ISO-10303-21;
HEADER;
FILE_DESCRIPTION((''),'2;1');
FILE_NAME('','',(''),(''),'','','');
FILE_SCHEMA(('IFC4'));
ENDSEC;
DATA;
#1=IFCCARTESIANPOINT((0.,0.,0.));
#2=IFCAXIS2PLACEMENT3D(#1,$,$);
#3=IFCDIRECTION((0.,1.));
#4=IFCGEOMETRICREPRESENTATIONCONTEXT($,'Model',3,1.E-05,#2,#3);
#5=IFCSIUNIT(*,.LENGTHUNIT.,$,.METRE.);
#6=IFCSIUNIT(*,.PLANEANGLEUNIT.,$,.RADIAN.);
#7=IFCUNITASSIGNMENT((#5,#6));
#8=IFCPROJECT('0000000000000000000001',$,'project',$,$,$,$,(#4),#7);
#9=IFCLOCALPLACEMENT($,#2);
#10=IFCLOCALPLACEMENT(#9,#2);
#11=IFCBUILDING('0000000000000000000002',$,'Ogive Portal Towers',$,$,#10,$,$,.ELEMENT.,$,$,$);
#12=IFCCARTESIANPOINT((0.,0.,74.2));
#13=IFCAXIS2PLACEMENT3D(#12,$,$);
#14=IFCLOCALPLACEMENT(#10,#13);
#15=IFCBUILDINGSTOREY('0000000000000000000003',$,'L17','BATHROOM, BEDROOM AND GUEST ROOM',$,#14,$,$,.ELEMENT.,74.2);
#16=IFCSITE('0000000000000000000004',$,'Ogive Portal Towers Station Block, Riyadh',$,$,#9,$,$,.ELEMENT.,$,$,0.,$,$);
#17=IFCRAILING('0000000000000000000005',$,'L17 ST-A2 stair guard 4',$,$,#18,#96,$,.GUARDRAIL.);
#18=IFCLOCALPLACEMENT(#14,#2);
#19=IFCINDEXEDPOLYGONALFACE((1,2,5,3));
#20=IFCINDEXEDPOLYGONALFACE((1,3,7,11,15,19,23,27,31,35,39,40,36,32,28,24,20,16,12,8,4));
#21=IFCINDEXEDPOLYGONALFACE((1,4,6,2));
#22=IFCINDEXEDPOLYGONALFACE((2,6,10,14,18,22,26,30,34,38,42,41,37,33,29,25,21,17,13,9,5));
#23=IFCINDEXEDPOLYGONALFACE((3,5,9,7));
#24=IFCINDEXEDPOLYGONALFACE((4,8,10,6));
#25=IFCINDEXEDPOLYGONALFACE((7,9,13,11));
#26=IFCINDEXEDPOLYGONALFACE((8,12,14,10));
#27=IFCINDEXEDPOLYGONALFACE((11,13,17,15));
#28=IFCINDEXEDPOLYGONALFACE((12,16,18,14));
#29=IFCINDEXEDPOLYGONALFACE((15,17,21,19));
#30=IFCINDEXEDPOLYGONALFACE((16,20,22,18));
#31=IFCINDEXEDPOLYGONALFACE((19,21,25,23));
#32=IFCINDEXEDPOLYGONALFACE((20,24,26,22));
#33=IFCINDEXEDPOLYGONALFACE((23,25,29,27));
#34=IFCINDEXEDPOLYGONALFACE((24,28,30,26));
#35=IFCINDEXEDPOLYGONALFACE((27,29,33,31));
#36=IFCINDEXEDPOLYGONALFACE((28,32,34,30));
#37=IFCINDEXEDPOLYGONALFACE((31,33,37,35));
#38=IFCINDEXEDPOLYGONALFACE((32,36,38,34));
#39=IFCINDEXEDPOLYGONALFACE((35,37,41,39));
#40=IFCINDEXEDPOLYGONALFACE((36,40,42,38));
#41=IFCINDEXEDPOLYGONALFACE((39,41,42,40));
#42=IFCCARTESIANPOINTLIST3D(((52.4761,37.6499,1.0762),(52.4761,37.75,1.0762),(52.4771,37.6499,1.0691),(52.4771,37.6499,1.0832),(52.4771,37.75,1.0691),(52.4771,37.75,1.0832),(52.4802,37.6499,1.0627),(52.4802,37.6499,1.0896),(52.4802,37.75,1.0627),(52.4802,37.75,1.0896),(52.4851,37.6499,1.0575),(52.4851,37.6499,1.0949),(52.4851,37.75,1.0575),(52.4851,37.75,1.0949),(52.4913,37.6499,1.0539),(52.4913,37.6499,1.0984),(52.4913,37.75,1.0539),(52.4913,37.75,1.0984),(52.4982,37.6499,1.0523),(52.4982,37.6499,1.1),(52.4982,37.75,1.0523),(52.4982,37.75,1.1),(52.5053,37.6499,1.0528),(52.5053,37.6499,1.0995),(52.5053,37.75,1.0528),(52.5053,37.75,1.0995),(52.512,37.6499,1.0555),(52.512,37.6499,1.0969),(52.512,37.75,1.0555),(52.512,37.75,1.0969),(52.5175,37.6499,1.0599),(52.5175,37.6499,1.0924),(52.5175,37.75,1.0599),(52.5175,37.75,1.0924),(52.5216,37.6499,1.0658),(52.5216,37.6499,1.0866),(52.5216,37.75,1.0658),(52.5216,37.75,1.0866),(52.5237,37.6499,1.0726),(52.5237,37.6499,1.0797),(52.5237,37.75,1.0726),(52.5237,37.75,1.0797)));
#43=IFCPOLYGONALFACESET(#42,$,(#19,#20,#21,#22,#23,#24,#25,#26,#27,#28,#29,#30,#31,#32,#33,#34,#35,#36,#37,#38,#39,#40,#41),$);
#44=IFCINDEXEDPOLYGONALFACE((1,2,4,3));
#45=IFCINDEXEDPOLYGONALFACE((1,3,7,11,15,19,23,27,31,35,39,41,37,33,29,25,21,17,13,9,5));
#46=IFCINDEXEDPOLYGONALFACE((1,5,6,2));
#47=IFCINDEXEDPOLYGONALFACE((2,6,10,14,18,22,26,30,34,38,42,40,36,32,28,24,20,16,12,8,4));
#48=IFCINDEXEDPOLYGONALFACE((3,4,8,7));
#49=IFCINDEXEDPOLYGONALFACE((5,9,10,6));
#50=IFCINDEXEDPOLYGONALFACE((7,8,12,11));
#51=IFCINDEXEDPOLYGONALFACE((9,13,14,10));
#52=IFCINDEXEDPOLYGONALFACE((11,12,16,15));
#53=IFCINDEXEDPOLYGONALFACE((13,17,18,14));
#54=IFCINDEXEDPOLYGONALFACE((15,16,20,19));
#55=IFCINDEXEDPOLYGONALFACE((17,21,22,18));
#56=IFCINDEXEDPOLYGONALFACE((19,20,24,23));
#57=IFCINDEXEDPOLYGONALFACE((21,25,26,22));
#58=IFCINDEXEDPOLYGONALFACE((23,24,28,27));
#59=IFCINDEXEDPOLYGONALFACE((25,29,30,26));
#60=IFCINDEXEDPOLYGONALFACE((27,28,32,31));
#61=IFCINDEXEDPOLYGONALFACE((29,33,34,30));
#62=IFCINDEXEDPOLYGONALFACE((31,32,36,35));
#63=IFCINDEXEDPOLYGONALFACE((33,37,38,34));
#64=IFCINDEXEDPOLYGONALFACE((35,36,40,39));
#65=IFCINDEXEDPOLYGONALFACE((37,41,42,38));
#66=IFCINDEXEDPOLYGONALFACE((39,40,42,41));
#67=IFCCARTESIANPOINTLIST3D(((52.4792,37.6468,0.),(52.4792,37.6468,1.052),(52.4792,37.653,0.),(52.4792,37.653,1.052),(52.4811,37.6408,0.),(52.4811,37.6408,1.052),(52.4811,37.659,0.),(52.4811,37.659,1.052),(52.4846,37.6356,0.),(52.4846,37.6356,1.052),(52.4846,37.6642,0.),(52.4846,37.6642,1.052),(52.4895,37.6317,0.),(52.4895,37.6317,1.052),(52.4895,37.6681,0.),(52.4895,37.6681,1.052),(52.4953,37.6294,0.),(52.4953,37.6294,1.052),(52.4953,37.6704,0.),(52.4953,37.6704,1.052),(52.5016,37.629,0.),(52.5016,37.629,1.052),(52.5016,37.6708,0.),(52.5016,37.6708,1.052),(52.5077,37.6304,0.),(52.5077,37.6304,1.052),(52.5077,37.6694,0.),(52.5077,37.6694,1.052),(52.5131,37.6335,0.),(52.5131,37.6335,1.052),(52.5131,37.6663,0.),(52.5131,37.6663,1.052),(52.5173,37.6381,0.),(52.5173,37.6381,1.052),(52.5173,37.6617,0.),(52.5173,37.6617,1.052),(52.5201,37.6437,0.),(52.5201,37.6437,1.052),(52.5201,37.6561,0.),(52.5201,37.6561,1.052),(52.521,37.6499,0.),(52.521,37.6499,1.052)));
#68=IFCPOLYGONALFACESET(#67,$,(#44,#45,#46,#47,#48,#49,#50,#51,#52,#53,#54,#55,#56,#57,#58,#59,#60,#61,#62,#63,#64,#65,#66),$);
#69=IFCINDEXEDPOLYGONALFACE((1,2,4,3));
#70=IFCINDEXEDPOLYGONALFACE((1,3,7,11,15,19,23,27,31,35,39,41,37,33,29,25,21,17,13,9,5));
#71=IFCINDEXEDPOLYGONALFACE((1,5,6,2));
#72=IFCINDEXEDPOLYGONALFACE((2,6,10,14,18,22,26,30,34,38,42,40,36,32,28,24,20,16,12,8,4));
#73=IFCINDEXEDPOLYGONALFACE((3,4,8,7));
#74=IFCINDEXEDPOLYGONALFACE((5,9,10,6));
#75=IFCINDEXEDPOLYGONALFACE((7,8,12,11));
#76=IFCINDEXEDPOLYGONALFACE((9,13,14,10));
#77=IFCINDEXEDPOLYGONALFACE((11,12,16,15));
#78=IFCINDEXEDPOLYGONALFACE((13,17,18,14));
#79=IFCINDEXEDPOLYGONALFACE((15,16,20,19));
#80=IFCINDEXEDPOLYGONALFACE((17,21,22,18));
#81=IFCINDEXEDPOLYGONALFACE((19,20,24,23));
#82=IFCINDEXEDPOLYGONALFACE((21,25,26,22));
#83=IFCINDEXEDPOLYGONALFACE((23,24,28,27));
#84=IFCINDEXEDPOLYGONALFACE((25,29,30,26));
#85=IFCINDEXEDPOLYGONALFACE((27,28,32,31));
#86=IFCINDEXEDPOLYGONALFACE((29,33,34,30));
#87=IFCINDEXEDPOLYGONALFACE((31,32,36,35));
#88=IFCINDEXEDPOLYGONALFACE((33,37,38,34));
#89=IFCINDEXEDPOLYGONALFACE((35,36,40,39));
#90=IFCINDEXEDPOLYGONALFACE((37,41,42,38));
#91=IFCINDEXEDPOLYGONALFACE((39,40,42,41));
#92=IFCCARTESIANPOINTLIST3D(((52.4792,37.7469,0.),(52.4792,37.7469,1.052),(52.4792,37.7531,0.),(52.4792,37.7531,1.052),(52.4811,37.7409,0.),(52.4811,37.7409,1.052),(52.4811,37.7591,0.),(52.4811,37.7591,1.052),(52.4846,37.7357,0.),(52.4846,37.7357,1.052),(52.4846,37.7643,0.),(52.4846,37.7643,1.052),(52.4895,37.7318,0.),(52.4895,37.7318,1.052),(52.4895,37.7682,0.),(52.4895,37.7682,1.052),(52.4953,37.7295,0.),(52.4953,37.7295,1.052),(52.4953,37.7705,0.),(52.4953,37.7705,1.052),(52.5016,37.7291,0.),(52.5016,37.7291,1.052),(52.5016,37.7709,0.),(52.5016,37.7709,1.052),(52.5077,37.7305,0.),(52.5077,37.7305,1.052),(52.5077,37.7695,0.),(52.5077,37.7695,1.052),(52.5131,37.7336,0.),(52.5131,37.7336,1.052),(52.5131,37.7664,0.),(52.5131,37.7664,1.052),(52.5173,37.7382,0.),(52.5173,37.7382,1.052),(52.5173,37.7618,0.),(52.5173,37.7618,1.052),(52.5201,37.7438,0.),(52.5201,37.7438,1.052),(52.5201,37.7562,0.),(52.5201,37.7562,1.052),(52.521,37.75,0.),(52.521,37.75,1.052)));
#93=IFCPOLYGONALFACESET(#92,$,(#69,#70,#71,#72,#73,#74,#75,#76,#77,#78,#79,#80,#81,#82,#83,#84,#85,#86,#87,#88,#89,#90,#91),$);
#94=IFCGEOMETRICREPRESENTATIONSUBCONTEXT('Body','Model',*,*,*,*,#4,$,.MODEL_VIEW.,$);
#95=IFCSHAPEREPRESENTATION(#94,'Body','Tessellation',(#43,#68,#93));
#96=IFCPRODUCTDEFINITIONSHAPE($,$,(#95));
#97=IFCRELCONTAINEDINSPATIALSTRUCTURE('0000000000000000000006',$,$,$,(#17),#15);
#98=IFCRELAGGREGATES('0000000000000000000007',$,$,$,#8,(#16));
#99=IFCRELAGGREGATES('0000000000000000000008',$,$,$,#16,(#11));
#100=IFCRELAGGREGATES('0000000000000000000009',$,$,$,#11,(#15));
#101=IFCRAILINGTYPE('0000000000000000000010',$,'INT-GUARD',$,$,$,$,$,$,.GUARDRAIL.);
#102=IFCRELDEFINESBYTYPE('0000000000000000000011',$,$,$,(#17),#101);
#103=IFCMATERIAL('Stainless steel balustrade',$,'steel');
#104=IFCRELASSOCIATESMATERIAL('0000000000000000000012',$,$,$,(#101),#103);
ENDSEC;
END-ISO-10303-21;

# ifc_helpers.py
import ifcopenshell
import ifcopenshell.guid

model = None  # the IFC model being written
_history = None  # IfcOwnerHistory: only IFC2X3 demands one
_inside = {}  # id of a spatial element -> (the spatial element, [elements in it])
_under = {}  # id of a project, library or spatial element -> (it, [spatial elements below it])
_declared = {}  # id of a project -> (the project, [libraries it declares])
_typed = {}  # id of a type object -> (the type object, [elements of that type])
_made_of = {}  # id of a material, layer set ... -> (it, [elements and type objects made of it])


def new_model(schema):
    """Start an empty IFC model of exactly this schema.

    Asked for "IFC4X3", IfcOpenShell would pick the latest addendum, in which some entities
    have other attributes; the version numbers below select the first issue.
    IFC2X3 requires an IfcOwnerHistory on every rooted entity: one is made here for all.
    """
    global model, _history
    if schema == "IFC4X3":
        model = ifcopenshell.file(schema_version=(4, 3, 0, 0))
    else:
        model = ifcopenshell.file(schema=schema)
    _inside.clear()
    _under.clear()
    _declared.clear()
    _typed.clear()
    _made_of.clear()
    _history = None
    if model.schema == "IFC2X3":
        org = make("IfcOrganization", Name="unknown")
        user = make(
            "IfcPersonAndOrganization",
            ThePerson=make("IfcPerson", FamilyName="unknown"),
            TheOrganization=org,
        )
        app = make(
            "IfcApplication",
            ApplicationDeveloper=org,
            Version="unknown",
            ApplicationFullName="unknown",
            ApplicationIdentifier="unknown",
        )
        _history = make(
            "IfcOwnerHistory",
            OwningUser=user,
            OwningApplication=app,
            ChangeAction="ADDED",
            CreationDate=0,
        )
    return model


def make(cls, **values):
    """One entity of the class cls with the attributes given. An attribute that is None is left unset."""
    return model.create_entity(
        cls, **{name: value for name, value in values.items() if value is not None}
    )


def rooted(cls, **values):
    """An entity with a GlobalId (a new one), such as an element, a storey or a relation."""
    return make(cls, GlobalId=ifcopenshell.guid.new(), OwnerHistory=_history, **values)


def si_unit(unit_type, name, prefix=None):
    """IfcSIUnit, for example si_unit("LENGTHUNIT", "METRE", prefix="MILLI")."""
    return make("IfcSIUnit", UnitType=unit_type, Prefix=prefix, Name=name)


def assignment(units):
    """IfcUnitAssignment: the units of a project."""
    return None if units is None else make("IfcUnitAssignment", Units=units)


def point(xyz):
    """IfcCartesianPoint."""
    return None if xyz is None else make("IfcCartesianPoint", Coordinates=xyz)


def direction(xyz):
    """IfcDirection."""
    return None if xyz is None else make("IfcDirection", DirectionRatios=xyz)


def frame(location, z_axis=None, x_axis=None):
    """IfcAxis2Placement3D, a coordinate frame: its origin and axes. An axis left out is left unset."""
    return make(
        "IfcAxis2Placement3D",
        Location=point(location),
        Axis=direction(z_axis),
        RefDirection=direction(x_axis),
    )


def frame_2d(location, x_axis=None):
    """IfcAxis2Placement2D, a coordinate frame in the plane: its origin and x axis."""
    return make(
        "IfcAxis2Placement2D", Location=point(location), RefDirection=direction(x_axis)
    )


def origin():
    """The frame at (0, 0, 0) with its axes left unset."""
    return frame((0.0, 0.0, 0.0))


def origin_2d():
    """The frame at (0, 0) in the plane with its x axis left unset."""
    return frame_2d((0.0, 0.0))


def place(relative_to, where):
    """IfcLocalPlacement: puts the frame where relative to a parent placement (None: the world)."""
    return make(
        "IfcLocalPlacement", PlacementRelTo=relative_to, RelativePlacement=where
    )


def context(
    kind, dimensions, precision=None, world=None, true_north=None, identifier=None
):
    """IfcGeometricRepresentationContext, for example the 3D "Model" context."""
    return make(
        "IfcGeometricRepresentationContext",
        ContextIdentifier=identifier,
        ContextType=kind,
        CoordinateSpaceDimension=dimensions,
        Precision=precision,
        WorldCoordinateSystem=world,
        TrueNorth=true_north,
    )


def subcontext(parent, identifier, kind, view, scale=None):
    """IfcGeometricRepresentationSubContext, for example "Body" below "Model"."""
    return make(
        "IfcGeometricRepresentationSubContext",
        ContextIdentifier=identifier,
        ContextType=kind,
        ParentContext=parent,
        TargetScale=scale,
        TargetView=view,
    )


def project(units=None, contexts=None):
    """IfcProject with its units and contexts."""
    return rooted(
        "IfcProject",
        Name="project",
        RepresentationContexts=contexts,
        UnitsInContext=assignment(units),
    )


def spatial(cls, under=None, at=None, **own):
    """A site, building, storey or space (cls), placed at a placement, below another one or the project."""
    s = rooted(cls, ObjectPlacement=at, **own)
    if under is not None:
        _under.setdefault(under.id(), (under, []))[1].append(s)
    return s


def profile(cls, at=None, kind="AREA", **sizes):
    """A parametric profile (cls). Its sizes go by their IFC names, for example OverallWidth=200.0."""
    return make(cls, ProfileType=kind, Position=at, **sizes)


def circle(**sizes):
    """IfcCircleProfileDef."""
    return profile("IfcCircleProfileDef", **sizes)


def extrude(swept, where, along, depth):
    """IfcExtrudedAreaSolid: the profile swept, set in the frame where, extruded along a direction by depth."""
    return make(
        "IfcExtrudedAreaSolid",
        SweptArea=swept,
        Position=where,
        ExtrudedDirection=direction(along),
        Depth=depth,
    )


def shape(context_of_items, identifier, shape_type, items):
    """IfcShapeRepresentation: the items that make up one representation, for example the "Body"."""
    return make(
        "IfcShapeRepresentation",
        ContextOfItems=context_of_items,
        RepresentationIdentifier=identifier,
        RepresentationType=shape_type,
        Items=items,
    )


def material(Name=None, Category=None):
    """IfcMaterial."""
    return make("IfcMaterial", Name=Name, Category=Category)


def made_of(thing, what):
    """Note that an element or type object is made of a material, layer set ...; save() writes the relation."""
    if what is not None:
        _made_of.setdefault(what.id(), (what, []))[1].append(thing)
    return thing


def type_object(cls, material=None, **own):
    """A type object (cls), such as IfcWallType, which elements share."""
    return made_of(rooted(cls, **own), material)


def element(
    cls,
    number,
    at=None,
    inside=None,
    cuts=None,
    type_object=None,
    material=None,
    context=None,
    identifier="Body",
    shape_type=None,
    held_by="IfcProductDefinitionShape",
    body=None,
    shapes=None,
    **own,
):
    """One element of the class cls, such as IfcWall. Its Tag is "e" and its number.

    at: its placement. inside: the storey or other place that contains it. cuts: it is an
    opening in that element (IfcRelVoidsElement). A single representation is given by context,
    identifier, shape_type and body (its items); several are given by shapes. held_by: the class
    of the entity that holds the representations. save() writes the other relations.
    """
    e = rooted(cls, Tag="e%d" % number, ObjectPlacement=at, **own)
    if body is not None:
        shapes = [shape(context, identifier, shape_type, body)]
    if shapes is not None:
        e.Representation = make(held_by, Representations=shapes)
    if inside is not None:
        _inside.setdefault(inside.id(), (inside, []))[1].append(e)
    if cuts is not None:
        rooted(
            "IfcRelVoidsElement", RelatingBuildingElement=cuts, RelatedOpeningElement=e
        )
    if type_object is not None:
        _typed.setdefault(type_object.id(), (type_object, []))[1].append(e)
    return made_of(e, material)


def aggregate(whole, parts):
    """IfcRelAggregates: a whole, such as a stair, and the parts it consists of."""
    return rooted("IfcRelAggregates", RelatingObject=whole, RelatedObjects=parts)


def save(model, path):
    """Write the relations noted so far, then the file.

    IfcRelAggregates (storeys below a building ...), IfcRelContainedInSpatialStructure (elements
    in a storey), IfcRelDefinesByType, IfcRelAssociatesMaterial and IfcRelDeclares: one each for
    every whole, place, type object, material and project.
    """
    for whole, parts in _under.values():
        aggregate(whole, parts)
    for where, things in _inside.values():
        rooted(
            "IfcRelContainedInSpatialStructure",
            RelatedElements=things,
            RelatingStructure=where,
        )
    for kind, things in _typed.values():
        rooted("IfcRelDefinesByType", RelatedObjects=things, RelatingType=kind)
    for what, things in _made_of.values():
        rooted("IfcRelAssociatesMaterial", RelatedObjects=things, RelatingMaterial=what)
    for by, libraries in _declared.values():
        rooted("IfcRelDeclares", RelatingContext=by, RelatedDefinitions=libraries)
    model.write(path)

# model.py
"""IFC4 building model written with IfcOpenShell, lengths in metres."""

from ifc_helpers import new_model, si_unit, direction, frame, origin, origin_2d, place, context, subcontext, project, spatial, circle, extrude, material, type_object, element, save


model = new_model("IFC4")

# Units and contexts
model_context = context("Model", 3, precision=1e-05, world=origin(), true_north=direction((0.0, 1.0)))
body_context = subcontext(model_context, "Body", "Model", "MODEL_VIEW")
ifc_project = project(units=[si_unit("LENGTHUNIT", "METRE"), si_unit("PLANEANGLEUNIT", "RADIAN")], contexts=[model_context])

# Site, building, storey
site_placement = place(None, origin())
site = spatial("IfcSite", under=ifc_project, at=site_placement, Name="Ogive Portal Towers Station Block, Riyadh", CompositionType="ELEMENT", RefElevation=0.0)
building_placement = place(site_placement, origin())
building = spatial("IfcBuilding", under=site, at=building_placement, Name="Ogive Portal Towers", CompositionType="ELEMENT")
storey_placement = place(building_placement, frame((0.0, 0.0, 74.2)))
storey = spatial("IfcBuildingStorey", under=building, at=storey_placement, Name="L17", Description="BATHROOM, BEDROOM AND GUEST ROOM", CompositionType="ELEMENT", Elevation=74.2)

# Railing
ifc_material_1 = material(Name="Stainless steel balustrade", Category="steel")
railing_type_1 = type_object("IfcRailingType", Name="INT-GUARD", PredefinedType="GUARDRAIL", material=ifc_material_1)
railing_1_placement = place(storey_placement, frame((52.5, 37.6499, 0.0)))
element("IfcRailing", 1, at=railing_1_placement, inside=storey, type_object=railing_type_1, Name="L17 ST-A2 stair guard 4", PredefinedType="GUARDRAIL", context=body_context, shape_type="SweptSolid", body=[
    extrude(circle(Radius=0.0239, at=origin_2d()), frame((0.0, 0.0, 1.0762), z_axis=(0.0, 1.0, 0.0), x_axis=(-1.0, 0.0, 0.0)), (0.0, 0.0, 1.0), 0.1001),
    extrude(circle(Radius=0.021, at=origin_2d()), origin(), (0.0, 0.0, 1.0), 1.052),
    extrude(circle(Radius=0.021, at=origin_2d()), frame((0.0, 0.1001, 0.0)), (0.0, 0.0, 1.0), 1.052),
])

save(model, "model.ifc")
